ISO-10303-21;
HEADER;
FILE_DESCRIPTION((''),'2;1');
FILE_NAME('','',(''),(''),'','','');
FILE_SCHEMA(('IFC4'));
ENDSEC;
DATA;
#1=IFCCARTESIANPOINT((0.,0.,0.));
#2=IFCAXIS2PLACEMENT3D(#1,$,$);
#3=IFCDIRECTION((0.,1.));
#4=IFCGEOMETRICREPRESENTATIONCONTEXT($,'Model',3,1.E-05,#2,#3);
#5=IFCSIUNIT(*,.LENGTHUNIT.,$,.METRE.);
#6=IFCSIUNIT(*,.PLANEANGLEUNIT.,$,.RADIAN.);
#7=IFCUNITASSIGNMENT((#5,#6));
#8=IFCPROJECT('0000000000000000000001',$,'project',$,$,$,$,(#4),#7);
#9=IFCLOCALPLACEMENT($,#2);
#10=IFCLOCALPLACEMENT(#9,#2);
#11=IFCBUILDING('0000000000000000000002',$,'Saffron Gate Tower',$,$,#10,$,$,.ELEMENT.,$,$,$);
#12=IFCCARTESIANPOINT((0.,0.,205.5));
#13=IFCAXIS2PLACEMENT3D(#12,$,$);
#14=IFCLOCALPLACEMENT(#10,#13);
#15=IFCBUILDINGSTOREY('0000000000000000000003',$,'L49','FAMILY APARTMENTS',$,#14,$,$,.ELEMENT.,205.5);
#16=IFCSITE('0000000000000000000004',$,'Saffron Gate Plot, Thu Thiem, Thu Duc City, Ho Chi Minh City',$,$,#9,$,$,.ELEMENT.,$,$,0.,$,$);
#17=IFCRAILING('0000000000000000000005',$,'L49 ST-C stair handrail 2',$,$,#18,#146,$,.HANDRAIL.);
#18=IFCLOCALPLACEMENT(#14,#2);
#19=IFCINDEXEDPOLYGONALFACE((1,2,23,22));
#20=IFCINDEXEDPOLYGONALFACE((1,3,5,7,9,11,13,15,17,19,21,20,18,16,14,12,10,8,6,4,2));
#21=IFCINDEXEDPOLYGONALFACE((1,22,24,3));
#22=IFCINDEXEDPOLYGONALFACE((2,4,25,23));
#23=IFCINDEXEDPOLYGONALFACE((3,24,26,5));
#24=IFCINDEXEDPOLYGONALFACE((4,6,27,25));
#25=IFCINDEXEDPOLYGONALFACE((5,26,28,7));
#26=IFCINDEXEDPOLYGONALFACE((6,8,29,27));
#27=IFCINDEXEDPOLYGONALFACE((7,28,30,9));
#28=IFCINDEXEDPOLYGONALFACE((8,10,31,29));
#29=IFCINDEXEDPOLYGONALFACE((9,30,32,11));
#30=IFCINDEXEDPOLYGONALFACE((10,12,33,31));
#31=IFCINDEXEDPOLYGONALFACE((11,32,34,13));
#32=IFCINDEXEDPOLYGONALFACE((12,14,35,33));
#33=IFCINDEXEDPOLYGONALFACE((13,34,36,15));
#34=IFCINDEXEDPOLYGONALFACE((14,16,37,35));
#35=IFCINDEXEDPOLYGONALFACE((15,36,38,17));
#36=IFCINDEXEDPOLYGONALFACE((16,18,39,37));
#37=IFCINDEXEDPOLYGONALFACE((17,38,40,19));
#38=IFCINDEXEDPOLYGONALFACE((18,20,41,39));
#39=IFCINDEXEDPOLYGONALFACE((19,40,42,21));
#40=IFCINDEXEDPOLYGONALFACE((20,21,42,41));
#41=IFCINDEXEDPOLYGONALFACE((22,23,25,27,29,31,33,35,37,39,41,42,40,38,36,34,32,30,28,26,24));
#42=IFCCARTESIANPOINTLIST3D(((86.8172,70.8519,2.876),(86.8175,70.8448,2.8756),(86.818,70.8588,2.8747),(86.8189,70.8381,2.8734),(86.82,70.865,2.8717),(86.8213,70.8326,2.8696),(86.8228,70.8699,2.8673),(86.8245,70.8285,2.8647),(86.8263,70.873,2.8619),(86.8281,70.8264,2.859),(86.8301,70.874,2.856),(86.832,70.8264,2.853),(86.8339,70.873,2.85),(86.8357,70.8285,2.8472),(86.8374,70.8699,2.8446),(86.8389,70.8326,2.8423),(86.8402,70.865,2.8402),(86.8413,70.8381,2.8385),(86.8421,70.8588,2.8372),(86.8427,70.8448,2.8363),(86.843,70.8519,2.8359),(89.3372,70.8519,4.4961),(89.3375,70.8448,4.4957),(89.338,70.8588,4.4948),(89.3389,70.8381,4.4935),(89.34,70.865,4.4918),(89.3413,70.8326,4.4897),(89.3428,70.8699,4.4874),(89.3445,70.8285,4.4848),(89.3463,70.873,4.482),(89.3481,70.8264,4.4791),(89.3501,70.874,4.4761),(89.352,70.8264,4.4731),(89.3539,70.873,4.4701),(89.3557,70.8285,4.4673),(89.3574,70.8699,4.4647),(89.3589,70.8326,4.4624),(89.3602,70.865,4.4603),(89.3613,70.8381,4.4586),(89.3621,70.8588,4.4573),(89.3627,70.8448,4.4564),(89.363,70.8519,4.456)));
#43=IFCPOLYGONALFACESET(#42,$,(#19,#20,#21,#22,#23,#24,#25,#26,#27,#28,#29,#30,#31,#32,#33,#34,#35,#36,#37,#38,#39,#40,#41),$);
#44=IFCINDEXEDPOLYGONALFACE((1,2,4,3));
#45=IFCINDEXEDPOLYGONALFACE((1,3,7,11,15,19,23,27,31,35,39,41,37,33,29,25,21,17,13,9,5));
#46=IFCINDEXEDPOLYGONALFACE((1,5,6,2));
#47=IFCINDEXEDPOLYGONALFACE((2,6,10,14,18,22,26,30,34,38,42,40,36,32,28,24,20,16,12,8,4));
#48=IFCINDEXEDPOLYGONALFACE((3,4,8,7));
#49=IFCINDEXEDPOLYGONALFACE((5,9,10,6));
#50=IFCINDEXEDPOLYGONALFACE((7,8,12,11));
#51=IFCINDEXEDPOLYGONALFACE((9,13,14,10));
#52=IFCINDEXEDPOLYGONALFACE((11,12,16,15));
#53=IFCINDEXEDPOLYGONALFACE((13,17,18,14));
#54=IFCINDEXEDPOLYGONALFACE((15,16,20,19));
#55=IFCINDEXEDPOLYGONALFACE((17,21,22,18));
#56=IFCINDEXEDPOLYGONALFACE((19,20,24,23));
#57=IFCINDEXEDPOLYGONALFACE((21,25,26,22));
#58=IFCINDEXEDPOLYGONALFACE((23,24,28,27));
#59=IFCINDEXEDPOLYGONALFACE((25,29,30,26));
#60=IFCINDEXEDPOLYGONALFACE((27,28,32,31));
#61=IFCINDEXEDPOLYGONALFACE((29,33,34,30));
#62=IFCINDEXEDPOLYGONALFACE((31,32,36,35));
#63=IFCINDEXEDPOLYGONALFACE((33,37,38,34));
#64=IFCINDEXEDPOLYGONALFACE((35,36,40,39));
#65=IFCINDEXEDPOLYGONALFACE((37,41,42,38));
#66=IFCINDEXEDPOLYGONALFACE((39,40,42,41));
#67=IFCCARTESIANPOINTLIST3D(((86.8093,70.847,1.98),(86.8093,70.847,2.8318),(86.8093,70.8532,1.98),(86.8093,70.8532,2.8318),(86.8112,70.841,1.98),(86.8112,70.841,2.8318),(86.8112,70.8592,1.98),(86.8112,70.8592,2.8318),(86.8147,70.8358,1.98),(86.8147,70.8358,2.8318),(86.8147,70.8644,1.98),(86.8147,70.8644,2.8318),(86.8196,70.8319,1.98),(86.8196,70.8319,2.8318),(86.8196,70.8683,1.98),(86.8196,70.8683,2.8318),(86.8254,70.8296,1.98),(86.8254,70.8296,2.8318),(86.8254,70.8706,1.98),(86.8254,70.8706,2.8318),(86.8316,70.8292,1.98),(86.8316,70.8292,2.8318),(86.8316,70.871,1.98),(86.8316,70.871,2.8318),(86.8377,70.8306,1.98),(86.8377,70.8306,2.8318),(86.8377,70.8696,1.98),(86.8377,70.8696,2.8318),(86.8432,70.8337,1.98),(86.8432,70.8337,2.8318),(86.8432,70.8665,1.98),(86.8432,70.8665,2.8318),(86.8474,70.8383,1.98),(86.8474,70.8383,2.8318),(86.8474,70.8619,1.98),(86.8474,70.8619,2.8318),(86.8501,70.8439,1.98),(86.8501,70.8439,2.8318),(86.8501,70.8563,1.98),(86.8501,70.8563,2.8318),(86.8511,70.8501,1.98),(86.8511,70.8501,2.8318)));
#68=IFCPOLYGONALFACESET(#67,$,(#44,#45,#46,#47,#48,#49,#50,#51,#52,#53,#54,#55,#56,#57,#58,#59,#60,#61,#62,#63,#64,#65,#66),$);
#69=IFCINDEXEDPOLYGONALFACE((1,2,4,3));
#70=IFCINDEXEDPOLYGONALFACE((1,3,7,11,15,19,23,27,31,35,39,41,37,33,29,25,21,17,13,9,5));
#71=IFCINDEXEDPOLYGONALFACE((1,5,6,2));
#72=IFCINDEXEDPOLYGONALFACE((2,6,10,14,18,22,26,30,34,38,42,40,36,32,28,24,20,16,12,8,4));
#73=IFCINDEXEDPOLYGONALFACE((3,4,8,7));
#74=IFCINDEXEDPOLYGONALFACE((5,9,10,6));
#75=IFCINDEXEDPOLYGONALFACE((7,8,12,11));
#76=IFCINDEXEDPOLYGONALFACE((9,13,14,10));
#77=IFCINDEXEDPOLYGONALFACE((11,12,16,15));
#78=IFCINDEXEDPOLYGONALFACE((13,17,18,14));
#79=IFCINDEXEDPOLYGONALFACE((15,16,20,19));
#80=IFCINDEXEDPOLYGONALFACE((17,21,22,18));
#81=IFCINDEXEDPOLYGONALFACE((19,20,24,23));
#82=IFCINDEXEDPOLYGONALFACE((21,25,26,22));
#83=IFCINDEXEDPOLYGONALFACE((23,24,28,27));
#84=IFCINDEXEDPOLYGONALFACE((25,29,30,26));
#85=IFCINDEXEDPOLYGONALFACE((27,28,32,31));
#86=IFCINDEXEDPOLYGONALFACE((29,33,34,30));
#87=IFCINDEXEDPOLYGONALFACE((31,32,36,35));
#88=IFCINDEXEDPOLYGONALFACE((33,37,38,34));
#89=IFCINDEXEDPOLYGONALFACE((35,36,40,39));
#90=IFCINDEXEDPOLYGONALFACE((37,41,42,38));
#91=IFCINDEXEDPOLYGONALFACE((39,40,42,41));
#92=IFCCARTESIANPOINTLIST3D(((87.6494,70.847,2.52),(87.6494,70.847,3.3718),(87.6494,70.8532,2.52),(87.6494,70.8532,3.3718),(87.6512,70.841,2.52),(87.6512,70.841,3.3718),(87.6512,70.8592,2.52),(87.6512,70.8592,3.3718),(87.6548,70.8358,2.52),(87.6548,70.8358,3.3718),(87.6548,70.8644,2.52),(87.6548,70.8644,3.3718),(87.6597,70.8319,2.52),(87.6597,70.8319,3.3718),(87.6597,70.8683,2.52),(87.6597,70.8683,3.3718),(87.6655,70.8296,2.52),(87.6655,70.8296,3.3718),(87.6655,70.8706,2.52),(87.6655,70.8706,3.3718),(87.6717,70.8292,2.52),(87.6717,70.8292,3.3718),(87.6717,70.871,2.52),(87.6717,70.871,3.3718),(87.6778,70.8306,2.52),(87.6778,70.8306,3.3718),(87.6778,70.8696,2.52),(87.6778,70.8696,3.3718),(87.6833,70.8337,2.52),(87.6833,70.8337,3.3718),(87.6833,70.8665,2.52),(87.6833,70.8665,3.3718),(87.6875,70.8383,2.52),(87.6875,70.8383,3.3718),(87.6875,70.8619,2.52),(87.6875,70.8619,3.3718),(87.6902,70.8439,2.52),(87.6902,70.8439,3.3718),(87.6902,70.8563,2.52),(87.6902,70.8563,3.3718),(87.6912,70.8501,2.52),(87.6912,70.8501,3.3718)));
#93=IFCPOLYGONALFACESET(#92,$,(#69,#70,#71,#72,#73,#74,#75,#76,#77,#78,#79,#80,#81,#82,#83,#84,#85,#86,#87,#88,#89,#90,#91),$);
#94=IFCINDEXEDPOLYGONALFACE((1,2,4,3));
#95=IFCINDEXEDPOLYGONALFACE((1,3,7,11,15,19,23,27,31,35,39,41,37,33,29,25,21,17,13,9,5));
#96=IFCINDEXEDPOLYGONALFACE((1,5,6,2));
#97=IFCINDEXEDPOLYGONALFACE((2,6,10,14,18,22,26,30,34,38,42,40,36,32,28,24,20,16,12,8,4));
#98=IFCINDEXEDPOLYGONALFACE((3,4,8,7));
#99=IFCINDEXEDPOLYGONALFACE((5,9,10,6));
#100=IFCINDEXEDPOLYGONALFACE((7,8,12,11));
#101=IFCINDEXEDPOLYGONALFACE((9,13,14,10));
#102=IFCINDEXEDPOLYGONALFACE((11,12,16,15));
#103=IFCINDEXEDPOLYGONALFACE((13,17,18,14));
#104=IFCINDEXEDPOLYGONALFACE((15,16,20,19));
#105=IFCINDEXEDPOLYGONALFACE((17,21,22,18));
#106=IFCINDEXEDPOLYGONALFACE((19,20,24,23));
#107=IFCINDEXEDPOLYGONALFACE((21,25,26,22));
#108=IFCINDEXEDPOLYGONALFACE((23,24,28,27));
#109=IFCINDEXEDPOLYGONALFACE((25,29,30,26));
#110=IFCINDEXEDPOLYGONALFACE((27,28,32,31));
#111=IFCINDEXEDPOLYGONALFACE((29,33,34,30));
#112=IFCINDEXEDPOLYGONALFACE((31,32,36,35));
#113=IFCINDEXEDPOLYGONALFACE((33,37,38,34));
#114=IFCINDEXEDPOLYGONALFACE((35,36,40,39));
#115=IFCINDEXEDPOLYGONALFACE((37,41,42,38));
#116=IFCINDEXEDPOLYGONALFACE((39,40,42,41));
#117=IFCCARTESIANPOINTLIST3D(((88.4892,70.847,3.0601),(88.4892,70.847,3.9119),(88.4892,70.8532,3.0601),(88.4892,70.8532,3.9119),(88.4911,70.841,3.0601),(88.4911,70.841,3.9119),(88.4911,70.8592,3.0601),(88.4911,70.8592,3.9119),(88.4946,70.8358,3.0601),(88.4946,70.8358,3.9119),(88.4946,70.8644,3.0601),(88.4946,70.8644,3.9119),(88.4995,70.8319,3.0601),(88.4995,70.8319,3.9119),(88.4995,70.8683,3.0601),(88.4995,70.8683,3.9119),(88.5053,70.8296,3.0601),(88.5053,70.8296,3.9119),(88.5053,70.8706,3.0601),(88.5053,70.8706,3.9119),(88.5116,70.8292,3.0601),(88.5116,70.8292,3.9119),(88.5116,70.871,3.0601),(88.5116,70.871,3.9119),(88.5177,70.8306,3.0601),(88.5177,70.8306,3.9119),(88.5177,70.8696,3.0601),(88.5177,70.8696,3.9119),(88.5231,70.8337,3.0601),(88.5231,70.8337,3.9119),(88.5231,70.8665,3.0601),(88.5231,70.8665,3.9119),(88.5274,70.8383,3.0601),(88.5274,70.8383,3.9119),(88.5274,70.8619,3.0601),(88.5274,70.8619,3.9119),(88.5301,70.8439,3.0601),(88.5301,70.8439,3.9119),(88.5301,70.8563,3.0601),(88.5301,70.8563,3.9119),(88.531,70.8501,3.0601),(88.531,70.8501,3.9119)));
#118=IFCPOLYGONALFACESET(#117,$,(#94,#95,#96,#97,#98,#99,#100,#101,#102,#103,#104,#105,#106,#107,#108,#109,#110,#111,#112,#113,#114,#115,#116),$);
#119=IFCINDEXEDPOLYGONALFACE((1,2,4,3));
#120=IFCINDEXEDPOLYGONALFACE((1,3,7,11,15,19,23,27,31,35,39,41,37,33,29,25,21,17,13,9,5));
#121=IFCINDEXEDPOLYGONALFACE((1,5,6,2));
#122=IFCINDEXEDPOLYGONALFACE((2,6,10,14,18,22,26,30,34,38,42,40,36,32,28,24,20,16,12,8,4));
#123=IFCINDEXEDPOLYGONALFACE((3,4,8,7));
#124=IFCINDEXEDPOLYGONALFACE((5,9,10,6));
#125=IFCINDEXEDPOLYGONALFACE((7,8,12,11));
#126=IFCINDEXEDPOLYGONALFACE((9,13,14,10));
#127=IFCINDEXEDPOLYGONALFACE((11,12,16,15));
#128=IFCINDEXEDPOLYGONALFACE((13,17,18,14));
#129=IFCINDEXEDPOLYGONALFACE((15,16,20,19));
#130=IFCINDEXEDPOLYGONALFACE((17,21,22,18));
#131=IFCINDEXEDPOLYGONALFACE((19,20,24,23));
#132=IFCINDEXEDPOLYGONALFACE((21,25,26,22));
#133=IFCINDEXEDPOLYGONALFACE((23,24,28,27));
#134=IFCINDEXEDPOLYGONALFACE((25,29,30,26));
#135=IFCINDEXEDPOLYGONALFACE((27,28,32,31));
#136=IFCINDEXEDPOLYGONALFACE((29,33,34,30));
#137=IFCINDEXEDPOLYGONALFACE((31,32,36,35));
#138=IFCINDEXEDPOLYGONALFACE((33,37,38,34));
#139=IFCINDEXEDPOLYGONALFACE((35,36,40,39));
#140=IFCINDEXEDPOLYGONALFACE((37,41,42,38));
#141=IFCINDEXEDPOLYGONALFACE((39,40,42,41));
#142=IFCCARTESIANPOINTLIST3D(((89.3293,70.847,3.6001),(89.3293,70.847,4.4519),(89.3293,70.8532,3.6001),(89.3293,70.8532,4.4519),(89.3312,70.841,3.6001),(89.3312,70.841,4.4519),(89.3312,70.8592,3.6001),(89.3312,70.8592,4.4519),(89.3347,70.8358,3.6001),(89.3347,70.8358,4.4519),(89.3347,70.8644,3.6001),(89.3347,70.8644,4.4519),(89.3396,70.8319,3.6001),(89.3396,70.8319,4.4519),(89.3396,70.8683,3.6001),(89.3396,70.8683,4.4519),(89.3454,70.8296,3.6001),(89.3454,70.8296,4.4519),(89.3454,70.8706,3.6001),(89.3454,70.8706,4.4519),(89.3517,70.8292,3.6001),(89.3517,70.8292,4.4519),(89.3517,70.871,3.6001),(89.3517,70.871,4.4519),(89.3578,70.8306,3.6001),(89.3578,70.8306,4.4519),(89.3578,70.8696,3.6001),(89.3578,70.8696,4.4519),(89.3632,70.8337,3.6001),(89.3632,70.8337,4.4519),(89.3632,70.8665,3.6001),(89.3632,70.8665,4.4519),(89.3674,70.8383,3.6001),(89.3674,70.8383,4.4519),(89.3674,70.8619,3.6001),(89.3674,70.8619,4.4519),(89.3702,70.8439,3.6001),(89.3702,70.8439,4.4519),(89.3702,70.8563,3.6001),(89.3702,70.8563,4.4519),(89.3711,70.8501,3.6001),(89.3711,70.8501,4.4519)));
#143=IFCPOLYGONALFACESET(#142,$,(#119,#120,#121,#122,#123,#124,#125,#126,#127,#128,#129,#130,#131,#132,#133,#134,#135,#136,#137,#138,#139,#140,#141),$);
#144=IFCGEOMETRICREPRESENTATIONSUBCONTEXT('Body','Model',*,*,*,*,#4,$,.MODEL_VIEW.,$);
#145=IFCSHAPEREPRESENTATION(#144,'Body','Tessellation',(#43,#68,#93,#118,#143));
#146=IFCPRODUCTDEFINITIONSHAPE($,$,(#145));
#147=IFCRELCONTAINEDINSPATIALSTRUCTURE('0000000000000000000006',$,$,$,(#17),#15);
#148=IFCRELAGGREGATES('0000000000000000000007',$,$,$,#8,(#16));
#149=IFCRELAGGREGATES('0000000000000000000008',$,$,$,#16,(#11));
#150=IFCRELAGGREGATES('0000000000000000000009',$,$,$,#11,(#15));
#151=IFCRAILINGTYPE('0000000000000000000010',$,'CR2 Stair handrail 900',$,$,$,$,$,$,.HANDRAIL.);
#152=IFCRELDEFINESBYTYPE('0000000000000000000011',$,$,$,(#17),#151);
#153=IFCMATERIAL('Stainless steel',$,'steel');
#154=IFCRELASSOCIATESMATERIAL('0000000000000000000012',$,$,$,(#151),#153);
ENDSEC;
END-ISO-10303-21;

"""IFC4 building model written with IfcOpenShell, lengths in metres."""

from ifc_helpers import new_model, si_unit, direction, frame, origin, origin_2d, place, context, subcontext, project, spatial, circle, extrude, material, type_object, element, save


model = new_model("IFC4")

# Units and contexts
model_context = context("Model", 3, precision=1e-05, world=origin(), true_north=direction((0.0, 1.0)))
body_context = subcontext(model_context, "Body", "Model", "MODEL_VIEW")
ifc_project = project(units=[si_unit("LENGTHUNIT", "METRE"), si_unit("PLANEANGLEUNIT", "RADIAN")], contexts=[model_context])

# Site, building, storey
site_placement = place(None, origin())
site = spatial("IfcSite", under=ifc_project, at=site_placement, Name="Saffron Gate Plot, Thu Thiem, Thu Duc City, Ho Chi Minh City", CompositionType="ELEMENT", RefElevation=0.0)
building_placement = place(site_placement, origin())
building = spatial("IfcBuilding", under=site, at=building_placement, Name="Saffron Gate Tower", CompositionType="ELEMENT")
storey_placement = place(building_placement, frame((0.0, 0.0, 205.5)))
storey = spatial("IfcBuildingStorey", under=building, at=storey_placement, Name="L49", Description="FAMILY APARTMENTS", CompositionType="ELEMENT", Elevation=205.5)

# Railing
ifc_material_1 = material(Name="Stainless steel", Category="steel")
railing_type = type_object("IfcRailingType", Name="CR2 Stair handrail 900", PredefinedType="HANDRAIL", material=ifc_material_1)
railing_1_placement = place(storey_placement, frame((86.8301, 70.8501, 1.98)))
element("IfcRailing", 1, at=railing_1_placement, inside=storey, type_object=railing_type, Name="L49 ST-C stair handrail 2", PredefinedType="HANDRAIL", context=body_context, shape_type="SweptSolid", body=[
    extrude(circle(Radius=0.0239, at=origin_2d()), frame((0.0, 0.0, 0.876), z_axis=(0.841163, 0.0, 0.540782), x_axis=(0.0, 1.0, 0.0)), (0.0, 0.0, 1.0), 2.9958),
    extrude(circle(Radius=0.021, at=origin_2d()), origin(), (0.0, 0.0, 1.0), 0.8518),
    extrude(circle(Radius=0.021, at=origin_2d()), frame((0.8401, 0.0, 0.54)), (0.0, 0.0, 1.0), 0.8518),
    extrude(circle(Radius=0.021, at=origin_2d()), frame((1.6799, 0.0, 1.0801)), (0.0, 0.0, 1.0), 0.8518),
    extrude(circle(Radius=0.021, at=origin_2d()), frame((2.52, 0.0, 1.6201)), (0.0, 0.0, 1.0), 0.8518),
])

save(model, "model.ifc")
